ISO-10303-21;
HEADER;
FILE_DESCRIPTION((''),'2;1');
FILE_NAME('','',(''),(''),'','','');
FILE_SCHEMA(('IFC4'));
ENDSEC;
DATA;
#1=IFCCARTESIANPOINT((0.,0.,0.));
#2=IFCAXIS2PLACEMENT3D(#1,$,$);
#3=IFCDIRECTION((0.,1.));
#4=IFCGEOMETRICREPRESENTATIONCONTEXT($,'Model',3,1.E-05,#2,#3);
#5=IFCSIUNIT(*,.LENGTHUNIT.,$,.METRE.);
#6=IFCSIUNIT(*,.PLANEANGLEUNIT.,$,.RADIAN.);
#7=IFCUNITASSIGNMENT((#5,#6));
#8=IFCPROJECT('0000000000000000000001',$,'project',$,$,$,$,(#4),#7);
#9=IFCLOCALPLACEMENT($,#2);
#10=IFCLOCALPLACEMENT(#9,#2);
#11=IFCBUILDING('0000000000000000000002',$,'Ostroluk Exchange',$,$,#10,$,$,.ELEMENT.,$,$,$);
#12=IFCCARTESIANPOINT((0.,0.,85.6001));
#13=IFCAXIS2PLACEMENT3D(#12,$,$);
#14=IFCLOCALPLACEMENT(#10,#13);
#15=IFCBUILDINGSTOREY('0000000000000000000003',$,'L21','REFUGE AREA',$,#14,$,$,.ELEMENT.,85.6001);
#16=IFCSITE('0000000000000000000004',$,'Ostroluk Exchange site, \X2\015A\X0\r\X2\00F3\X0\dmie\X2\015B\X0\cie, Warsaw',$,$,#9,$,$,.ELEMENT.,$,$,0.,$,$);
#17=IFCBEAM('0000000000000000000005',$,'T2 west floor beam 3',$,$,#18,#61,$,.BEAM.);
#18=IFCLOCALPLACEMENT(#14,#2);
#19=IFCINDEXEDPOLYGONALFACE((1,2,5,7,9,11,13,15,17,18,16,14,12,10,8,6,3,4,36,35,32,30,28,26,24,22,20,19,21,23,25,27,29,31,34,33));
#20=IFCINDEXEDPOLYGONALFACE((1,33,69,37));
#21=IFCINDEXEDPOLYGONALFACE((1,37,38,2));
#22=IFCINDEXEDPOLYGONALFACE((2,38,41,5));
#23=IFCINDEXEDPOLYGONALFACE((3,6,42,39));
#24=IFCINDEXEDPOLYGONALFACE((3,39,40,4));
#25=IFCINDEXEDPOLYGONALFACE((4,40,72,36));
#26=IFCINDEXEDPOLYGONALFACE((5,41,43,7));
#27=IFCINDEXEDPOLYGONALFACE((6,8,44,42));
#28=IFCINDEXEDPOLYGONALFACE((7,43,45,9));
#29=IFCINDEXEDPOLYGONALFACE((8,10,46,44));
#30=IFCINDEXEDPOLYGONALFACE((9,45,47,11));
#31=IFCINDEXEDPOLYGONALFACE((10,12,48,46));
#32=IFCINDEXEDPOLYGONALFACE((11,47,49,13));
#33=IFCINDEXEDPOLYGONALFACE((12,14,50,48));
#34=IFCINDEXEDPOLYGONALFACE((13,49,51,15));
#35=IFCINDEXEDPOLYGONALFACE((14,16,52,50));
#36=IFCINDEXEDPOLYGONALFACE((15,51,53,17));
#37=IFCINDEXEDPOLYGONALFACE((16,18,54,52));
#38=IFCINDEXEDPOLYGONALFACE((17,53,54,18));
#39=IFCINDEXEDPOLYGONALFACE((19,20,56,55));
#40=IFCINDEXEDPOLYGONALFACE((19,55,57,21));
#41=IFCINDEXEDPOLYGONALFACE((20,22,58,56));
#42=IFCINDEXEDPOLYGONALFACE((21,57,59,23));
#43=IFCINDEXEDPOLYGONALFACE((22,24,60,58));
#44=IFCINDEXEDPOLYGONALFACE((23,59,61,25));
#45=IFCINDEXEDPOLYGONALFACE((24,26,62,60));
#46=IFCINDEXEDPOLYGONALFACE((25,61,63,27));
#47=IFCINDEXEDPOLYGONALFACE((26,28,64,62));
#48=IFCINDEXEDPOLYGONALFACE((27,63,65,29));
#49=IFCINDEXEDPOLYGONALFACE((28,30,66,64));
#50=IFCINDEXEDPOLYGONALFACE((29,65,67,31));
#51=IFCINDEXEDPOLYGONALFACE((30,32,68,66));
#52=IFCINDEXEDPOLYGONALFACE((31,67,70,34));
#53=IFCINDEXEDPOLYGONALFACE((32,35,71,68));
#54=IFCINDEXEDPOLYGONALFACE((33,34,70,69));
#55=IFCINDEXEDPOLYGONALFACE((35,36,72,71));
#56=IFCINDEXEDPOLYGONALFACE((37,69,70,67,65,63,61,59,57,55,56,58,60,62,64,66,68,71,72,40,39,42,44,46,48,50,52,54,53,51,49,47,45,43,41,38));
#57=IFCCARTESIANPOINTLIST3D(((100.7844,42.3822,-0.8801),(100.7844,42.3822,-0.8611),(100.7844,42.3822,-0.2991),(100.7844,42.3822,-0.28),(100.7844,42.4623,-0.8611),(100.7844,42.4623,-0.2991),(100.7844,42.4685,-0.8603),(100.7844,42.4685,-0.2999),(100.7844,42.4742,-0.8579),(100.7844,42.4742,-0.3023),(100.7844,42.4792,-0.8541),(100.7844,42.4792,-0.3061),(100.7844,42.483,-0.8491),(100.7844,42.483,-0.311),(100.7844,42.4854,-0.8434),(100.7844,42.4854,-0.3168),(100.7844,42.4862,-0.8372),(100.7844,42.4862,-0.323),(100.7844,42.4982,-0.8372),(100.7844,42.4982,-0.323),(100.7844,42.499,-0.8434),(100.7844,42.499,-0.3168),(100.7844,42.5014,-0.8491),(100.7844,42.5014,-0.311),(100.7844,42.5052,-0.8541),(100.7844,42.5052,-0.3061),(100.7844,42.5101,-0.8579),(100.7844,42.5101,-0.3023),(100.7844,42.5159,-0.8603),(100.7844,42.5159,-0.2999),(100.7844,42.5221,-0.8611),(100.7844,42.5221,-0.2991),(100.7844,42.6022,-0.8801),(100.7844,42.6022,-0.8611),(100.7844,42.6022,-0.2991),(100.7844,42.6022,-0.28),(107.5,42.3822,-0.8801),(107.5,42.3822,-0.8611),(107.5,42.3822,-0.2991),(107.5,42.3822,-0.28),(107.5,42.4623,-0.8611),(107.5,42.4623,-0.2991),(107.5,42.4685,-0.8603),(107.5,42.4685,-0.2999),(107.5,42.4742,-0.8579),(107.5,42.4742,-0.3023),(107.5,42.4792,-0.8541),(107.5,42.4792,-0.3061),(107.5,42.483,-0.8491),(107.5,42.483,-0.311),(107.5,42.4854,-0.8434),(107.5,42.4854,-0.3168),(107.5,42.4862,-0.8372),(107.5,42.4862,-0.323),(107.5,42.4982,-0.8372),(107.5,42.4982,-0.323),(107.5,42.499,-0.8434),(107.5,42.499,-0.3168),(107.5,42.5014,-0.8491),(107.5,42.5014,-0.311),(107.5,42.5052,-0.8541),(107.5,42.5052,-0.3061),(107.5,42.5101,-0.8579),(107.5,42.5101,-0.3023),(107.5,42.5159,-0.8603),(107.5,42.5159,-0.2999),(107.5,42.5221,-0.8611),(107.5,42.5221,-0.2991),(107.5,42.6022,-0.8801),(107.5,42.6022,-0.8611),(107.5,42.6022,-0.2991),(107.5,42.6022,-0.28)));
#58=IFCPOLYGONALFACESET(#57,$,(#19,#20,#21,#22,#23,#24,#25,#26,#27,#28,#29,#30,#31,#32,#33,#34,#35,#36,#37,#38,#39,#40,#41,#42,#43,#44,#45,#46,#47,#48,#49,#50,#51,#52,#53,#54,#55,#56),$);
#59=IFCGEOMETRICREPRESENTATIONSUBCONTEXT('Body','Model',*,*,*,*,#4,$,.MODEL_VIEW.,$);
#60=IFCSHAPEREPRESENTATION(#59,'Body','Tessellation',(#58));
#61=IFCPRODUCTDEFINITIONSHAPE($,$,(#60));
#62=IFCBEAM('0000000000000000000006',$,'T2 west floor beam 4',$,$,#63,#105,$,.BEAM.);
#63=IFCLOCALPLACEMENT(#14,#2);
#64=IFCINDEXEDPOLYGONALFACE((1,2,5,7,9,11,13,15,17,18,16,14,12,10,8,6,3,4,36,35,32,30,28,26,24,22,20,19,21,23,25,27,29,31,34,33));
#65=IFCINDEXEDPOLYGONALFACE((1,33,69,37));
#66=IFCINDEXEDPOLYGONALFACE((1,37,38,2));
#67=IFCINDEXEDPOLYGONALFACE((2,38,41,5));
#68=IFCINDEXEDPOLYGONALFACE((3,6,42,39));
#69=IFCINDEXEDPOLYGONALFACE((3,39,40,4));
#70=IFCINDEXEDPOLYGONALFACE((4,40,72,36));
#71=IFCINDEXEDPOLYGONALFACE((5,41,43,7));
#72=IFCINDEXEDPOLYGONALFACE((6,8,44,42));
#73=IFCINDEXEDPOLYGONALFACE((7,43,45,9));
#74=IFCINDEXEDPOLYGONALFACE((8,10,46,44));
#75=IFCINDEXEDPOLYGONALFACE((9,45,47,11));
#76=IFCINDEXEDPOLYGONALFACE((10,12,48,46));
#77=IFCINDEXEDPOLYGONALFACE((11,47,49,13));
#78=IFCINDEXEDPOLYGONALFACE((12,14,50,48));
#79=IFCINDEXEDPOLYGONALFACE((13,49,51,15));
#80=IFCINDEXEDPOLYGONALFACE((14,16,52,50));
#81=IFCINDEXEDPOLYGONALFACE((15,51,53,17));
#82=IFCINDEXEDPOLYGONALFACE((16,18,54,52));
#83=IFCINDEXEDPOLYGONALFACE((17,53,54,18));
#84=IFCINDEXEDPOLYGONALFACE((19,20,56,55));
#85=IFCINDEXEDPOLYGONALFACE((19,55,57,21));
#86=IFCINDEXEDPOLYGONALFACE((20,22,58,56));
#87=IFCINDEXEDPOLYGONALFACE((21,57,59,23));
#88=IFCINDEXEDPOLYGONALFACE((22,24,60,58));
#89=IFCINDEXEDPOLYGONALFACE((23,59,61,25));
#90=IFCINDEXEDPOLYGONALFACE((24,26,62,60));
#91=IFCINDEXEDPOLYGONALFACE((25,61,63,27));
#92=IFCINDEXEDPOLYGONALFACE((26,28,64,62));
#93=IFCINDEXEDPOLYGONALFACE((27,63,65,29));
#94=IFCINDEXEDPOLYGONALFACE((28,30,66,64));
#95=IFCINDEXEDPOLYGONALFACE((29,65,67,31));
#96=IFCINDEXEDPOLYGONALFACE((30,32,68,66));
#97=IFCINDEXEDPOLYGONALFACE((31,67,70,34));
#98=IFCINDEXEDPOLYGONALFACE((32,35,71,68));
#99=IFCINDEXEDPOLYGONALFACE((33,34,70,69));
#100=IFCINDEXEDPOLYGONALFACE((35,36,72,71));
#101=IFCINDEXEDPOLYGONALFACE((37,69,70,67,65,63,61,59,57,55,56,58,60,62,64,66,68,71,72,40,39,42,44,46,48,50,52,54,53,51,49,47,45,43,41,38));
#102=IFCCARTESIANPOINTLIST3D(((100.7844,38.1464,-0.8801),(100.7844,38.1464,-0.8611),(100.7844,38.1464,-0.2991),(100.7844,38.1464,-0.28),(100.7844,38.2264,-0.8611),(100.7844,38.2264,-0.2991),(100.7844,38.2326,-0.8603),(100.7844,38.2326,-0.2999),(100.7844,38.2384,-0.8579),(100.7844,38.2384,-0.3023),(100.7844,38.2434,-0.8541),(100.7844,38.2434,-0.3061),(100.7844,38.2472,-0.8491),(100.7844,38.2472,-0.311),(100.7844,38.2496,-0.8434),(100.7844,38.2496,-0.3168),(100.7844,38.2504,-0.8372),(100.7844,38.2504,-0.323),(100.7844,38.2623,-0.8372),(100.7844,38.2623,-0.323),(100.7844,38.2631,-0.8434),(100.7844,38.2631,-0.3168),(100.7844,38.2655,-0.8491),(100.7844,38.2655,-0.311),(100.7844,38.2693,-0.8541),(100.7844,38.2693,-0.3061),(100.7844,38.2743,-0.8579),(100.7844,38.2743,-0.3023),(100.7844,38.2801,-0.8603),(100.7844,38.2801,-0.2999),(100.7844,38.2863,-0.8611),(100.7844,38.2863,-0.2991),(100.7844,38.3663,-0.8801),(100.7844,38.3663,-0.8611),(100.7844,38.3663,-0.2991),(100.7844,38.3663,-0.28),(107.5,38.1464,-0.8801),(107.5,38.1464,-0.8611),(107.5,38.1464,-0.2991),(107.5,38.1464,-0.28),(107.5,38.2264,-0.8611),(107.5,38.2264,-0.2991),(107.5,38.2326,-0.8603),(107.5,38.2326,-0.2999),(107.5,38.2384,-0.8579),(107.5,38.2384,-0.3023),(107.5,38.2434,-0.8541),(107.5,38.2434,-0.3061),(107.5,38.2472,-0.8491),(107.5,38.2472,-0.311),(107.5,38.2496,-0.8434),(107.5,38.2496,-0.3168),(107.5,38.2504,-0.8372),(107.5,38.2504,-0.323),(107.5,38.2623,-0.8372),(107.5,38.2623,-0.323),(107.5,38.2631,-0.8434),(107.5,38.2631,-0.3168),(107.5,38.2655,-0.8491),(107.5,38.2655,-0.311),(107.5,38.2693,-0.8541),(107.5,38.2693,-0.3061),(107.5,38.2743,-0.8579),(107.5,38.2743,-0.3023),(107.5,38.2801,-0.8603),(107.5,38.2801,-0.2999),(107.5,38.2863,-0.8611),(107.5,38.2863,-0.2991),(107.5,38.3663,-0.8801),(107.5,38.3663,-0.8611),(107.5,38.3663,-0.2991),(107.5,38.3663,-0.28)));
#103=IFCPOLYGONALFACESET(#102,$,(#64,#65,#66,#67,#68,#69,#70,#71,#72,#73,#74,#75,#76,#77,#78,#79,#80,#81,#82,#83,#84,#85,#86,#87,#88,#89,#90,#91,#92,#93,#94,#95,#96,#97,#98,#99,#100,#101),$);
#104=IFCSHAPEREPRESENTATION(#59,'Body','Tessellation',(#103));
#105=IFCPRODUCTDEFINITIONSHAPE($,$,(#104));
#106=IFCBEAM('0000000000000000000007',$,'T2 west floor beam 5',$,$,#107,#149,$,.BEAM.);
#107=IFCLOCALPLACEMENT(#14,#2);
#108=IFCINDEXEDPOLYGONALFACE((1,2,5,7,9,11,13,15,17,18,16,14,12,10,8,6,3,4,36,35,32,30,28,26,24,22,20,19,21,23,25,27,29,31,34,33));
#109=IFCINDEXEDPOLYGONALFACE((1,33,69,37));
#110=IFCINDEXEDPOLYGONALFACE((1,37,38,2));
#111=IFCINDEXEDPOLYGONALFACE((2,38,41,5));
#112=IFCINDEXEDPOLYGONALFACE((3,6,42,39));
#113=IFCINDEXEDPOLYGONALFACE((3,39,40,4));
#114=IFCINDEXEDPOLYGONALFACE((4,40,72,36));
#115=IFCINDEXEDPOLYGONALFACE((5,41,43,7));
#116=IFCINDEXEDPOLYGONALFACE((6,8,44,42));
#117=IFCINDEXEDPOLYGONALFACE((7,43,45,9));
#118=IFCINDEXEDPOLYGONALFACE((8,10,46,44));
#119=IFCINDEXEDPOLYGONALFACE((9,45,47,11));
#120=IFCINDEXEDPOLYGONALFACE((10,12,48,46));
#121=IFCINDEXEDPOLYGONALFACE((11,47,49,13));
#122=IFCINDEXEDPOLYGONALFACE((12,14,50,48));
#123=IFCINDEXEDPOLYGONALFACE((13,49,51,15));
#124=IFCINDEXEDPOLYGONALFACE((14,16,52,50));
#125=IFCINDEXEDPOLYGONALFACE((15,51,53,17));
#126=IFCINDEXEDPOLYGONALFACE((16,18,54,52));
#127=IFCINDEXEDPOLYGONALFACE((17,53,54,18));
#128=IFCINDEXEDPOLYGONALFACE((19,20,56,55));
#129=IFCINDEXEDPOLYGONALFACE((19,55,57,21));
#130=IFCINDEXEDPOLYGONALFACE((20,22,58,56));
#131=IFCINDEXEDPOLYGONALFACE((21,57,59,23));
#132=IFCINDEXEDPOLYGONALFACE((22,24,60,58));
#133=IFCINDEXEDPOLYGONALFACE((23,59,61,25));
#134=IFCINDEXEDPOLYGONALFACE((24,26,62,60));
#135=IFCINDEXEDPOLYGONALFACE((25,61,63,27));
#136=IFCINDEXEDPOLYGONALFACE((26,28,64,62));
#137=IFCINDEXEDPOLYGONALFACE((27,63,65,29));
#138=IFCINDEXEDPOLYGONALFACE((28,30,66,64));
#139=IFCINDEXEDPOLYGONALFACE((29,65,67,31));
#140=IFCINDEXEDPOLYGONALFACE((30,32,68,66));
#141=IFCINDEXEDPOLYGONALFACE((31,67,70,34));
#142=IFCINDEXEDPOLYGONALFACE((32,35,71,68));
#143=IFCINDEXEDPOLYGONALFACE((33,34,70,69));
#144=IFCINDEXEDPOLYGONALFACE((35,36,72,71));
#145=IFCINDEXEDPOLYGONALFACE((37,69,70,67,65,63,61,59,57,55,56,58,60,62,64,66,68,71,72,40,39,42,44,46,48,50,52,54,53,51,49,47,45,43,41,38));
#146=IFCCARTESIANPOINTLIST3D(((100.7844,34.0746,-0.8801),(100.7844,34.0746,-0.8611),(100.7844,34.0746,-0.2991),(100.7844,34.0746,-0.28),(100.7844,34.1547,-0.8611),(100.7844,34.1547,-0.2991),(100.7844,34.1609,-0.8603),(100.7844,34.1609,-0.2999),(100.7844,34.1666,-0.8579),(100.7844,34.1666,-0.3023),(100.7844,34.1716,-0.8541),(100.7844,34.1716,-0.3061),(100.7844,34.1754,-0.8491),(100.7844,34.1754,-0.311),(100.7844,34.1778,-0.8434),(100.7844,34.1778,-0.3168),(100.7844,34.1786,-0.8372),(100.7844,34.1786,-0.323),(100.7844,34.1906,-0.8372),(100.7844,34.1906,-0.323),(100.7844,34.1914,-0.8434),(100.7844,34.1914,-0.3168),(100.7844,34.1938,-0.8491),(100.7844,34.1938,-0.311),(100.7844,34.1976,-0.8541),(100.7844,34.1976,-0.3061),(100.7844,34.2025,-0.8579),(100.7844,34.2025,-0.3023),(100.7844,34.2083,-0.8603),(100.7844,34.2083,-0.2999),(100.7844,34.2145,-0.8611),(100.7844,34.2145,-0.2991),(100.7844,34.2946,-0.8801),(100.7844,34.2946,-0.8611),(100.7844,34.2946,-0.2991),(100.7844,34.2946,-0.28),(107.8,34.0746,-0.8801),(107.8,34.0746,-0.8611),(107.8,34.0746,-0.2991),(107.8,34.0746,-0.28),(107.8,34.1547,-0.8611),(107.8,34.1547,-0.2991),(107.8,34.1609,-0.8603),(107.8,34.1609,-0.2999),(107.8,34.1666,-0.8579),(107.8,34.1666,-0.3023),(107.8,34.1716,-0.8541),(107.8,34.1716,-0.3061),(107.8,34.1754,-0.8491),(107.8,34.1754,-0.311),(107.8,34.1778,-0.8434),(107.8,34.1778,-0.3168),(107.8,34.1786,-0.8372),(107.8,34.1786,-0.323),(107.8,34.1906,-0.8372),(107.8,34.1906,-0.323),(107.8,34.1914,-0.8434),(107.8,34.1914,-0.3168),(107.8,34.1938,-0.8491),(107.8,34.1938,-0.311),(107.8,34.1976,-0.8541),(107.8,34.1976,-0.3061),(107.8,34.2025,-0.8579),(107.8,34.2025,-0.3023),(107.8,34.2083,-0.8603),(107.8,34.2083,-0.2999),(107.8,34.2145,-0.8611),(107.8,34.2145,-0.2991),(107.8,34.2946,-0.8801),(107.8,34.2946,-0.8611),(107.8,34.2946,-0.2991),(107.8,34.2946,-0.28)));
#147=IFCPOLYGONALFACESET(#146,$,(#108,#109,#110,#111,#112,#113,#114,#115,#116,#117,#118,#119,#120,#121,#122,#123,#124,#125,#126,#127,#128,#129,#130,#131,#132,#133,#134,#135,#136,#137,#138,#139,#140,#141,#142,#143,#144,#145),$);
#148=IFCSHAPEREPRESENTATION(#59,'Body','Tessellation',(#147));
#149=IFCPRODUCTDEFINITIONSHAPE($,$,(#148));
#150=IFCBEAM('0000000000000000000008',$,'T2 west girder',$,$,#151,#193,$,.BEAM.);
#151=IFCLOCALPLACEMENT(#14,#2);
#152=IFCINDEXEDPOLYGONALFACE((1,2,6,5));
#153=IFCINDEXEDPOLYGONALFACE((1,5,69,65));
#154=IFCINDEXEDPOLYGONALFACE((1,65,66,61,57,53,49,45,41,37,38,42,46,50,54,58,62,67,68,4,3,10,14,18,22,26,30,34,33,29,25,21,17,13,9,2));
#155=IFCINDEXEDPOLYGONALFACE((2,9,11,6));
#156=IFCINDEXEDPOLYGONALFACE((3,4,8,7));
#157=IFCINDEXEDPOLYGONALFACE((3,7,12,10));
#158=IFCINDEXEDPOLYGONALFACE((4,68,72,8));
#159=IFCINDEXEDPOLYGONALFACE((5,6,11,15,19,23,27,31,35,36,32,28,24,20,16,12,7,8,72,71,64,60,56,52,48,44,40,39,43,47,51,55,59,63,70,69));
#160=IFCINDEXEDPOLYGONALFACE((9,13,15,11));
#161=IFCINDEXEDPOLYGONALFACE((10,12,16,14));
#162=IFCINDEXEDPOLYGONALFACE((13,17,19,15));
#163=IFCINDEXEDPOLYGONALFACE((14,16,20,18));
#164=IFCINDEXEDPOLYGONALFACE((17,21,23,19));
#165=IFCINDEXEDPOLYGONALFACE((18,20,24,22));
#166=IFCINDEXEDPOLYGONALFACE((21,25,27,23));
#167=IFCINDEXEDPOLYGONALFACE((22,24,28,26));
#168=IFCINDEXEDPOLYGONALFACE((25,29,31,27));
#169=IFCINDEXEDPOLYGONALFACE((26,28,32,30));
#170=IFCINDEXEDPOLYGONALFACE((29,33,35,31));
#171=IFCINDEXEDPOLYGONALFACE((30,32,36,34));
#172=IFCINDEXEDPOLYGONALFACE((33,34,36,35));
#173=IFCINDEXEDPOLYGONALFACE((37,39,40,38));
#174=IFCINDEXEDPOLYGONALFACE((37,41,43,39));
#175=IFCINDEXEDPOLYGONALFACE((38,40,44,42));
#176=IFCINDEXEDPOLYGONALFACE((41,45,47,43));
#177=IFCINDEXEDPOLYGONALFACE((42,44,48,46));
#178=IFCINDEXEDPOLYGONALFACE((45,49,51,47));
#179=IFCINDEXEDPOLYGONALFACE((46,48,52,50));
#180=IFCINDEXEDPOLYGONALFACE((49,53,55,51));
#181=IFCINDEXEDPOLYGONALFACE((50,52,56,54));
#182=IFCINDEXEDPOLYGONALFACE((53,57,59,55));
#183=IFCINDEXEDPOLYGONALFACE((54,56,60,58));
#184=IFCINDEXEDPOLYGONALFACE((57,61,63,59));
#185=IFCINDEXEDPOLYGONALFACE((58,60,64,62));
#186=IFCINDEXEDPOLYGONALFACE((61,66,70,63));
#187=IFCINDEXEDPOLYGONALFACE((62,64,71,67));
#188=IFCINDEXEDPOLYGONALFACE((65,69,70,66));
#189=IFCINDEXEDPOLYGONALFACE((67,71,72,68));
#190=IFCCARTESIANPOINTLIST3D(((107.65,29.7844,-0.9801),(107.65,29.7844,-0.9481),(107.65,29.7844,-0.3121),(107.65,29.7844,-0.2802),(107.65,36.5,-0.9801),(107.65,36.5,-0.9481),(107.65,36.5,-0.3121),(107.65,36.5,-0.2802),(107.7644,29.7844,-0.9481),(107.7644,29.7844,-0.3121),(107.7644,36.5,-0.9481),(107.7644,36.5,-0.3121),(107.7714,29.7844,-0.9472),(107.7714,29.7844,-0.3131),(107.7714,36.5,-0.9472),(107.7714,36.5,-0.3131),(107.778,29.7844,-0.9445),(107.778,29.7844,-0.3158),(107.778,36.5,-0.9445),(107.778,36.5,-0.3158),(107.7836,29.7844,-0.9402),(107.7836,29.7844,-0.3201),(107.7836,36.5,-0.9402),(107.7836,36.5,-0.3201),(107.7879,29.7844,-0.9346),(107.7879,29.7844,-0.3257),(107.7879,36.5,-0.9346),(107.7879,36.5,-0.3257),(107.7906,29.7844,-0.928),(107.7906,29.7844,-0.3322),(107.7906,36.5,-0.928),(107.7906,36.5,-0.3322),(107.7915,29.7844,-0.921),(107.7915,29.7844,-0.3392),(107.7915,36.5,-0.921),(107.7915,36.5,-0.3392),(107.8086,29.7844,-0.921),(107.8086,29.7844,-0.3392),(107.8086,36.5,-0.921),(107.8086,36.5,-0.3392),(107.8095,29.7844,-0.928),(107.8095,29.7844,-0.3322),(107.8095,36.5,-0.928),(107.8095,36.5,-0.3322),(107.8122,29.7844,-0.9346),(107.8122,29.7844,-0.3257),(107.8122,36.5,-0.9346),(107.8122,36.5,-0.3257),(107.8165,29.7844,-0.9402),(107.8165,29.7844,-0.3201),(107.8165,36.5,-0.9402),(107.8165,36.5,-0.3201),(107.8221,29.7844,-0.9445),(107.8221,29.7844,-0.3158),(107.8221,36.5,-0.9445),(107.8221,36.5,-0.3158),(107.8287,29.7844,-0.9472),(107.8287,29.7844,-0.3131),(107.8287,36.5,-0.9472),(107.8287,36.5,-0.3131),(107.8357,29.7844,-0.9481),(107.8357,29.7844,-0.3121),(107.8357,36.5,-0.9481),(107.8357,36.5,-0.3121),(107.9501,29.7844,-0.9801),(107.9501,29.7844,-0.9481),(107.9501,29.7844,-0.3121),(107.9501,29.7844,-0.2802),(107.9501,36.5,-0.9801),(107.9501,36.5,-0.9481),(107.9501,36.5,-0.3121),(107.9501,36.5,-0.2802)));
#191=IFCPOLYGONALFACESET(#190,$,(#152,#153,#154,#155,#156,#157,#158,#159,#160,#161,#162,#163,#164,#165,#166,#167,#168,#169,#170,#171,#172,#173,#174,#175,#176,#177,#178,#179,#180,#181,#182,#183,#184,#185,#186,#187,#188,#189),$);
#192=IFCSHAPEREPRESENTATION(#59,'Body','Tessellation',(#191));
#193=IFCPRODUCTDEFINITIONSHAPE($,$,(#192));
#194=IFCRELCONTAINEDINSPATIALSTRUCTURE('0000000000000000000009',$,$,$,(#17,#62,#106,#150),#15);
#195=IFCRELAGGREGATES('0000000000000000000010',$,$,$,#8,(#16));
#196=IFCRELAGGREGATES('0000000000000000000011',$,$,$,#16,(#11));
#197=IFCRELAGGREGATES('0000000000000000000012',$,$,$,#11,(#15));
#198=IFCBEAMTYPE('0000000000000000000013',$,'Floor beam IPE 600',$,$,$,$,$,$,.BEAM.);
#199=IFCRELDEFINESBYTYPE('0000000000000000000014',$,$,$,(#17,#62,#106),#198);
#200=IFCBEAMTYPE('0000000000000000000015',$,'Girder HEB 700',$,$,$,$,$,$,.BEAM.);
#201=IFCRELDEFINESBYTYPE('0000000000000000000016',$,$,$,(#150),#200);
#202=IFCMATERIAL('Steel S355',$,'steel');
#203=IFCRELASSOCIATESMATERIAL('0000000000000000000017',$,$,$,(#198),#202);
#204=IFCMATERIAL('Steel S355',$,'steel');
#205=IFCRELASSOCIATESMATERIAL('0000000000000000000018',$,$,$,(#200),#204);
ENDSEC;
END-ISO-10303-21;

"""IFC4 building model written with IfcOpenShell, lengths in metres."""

from ifc_helpers import new_model, si_unit, direction, frame, origin, origin_2d, place, context, subcontext, project, spatial, i_section, extrude, material, material_profile, profile_set, type_object, element, save


model = new_model("IFC4")

# Units and contexts
model_context = context("Model", 3, precision=1e-05, world=origin(), true_north=direction((0.0, 1.0)))
body_context = subcontext(model_context, "Body", "Model", "MODEL_VIEW")
ifc_project = project(units=[si_unit("LENGTHUNIT", "METRE"), si_unit("PLANEANGLEUNIT", "RADIAN")], contexts=[model_context])

# Site, building, storey
site_placement = place(None, origin())
site = spatial("IfcSite", under=ifc_project, at=site_placement, Name="Ostroluk Exchange site, Śródmieście, Warsaw", CompositionType="ELEMENT", RefElevation=0.0)
building_placement = place(site_placement, origin())
building = spatial("IfcBuilding", under=site, at=building_placement, Name="Ostroluk Exchange", CompositionType="ELEMENT")
storey_placement = place(building_placement, frame((0.0, 0.0, 85.6001)))
storey = spatial("IfcBuildingStorey", under=building, at=storey_placement, Name="L21", Description="REFUGE AREA", CompositionType="ELEMENT", Elevation=85.6001)

# Beams
ifc_material_1 = material(Name="Steel S355", Category="steel")
ifc_material_profile_1 = material_profile(ifc_material_1, i_section(OverallWidth=0.22, OverallDepth=0.6001, WebThickness=0.012, FlangeThickness=0.019, FilletRadius=0.0239, at=origin_2d()), Name="IPE 600")
ifc_profile_set_1 = profile_set([ifc_material_profile_1], Name="Steel S355")
beam_type_1 = type_object("IfcBeamType", Name="Floor beam IPE 600", PredefinedType="BEAM", material=ifc_profile_set_1)
for number, where, z_axis, x_axis, name in (
    (1, (107.5, 42.4922, -0.5801), (-1.0, 0.0, 0.0), (0.0, -1.0, 0.0), "T2 west floor beam 3"),
    (2, (107.5, 38.2563, -0.5801), (-1.0, 0.0, 0.0), (0.0, -1.0, 0.0), "T2 west floor beam 4"),
):
    element("IfcBeam", number, at=place(storey_placement, frame(where, z_axis=z_axis, x_axis=x_axis)), inside=storey, type_object=beam_type_1, Name=name, PredefinedType="BEAM", context=body_context, shape_type="SweptSolid", body=[
        extrude(i_section(OverallWidth=0.22, OverallDepth=0.6001, WebThickness=0.012, FlangeThickness=0.019, FilletRadius=0.0239, at=origin_2d()), origin(), (0.0, 0.0, 1.0), 6.7156),
    ])
beam_1_placement = place(storey_placement, frame((107.8, 34.1846, -0.5801), z_axis=(-1.0, 0.0, 0.0), x_axis=(0.0, -1.0, 0.0)))
element("IfcBeam", 3, at=beam_1_placement, inside=storey, type_object=beam_type_1, Name="T2 west floor beam 5", PredefinedType="BEAM", context=body_context, shape_type="SweptSolid", body=[
    extrude(i_section(OverallWidth=0.22, OverallDepth=0.6001, WebThickness=0.012, FlangeThickness=0.019, FilletRadius=0.0239, at=origin_2d()), origin(), (0.0, 0.0, 1.0), 7.0156),
])
ifc_material_2 = material(Name="Steel S355", Category="steel")
ifc_material_profile_2 = material_profile(ifc_material_2, i_section(OverallWidth=0.3, OverallDepth=0.7, WebThickness=0.0171, FlangeThickness=0.032, FilletRadius=0.0271, at=origin_2d()), Name="HEB 700")
ifc_profile_set_2 = profile_set([ifc_material_profile_2], Name="Steel S355")
beam_type_2 = type_object("IfcBeamType", Name="Girder HEB 700", PredefinedType="BEAM", material=ifc_profile_set_2)
beam_2_placement = place(storey_placement, frame((107.8, 36.5, -0.6301), z_axis=(0.0, -1.0, 0.0), x_axis=(1.0, 0.0, 0.0)))
element("IfcBeam", 4, at=beam_2_placement, inside=storey, type_object=beam_type_2, Name="T2 west girder", PredefinedType="BEAM", context=body_context, shape_type="SweptSolid", body=[
    extrude(i_section(OverallWidth=0.3, OverallDepth=0.7, WebThickness=0.0171, FlangeThickness=0.032, FilletRadius=0.0271, at=origin_2d()), origin(), (0.0, 0.0, 1.0), 6.7156),
])

save(model, "model.ifc")
